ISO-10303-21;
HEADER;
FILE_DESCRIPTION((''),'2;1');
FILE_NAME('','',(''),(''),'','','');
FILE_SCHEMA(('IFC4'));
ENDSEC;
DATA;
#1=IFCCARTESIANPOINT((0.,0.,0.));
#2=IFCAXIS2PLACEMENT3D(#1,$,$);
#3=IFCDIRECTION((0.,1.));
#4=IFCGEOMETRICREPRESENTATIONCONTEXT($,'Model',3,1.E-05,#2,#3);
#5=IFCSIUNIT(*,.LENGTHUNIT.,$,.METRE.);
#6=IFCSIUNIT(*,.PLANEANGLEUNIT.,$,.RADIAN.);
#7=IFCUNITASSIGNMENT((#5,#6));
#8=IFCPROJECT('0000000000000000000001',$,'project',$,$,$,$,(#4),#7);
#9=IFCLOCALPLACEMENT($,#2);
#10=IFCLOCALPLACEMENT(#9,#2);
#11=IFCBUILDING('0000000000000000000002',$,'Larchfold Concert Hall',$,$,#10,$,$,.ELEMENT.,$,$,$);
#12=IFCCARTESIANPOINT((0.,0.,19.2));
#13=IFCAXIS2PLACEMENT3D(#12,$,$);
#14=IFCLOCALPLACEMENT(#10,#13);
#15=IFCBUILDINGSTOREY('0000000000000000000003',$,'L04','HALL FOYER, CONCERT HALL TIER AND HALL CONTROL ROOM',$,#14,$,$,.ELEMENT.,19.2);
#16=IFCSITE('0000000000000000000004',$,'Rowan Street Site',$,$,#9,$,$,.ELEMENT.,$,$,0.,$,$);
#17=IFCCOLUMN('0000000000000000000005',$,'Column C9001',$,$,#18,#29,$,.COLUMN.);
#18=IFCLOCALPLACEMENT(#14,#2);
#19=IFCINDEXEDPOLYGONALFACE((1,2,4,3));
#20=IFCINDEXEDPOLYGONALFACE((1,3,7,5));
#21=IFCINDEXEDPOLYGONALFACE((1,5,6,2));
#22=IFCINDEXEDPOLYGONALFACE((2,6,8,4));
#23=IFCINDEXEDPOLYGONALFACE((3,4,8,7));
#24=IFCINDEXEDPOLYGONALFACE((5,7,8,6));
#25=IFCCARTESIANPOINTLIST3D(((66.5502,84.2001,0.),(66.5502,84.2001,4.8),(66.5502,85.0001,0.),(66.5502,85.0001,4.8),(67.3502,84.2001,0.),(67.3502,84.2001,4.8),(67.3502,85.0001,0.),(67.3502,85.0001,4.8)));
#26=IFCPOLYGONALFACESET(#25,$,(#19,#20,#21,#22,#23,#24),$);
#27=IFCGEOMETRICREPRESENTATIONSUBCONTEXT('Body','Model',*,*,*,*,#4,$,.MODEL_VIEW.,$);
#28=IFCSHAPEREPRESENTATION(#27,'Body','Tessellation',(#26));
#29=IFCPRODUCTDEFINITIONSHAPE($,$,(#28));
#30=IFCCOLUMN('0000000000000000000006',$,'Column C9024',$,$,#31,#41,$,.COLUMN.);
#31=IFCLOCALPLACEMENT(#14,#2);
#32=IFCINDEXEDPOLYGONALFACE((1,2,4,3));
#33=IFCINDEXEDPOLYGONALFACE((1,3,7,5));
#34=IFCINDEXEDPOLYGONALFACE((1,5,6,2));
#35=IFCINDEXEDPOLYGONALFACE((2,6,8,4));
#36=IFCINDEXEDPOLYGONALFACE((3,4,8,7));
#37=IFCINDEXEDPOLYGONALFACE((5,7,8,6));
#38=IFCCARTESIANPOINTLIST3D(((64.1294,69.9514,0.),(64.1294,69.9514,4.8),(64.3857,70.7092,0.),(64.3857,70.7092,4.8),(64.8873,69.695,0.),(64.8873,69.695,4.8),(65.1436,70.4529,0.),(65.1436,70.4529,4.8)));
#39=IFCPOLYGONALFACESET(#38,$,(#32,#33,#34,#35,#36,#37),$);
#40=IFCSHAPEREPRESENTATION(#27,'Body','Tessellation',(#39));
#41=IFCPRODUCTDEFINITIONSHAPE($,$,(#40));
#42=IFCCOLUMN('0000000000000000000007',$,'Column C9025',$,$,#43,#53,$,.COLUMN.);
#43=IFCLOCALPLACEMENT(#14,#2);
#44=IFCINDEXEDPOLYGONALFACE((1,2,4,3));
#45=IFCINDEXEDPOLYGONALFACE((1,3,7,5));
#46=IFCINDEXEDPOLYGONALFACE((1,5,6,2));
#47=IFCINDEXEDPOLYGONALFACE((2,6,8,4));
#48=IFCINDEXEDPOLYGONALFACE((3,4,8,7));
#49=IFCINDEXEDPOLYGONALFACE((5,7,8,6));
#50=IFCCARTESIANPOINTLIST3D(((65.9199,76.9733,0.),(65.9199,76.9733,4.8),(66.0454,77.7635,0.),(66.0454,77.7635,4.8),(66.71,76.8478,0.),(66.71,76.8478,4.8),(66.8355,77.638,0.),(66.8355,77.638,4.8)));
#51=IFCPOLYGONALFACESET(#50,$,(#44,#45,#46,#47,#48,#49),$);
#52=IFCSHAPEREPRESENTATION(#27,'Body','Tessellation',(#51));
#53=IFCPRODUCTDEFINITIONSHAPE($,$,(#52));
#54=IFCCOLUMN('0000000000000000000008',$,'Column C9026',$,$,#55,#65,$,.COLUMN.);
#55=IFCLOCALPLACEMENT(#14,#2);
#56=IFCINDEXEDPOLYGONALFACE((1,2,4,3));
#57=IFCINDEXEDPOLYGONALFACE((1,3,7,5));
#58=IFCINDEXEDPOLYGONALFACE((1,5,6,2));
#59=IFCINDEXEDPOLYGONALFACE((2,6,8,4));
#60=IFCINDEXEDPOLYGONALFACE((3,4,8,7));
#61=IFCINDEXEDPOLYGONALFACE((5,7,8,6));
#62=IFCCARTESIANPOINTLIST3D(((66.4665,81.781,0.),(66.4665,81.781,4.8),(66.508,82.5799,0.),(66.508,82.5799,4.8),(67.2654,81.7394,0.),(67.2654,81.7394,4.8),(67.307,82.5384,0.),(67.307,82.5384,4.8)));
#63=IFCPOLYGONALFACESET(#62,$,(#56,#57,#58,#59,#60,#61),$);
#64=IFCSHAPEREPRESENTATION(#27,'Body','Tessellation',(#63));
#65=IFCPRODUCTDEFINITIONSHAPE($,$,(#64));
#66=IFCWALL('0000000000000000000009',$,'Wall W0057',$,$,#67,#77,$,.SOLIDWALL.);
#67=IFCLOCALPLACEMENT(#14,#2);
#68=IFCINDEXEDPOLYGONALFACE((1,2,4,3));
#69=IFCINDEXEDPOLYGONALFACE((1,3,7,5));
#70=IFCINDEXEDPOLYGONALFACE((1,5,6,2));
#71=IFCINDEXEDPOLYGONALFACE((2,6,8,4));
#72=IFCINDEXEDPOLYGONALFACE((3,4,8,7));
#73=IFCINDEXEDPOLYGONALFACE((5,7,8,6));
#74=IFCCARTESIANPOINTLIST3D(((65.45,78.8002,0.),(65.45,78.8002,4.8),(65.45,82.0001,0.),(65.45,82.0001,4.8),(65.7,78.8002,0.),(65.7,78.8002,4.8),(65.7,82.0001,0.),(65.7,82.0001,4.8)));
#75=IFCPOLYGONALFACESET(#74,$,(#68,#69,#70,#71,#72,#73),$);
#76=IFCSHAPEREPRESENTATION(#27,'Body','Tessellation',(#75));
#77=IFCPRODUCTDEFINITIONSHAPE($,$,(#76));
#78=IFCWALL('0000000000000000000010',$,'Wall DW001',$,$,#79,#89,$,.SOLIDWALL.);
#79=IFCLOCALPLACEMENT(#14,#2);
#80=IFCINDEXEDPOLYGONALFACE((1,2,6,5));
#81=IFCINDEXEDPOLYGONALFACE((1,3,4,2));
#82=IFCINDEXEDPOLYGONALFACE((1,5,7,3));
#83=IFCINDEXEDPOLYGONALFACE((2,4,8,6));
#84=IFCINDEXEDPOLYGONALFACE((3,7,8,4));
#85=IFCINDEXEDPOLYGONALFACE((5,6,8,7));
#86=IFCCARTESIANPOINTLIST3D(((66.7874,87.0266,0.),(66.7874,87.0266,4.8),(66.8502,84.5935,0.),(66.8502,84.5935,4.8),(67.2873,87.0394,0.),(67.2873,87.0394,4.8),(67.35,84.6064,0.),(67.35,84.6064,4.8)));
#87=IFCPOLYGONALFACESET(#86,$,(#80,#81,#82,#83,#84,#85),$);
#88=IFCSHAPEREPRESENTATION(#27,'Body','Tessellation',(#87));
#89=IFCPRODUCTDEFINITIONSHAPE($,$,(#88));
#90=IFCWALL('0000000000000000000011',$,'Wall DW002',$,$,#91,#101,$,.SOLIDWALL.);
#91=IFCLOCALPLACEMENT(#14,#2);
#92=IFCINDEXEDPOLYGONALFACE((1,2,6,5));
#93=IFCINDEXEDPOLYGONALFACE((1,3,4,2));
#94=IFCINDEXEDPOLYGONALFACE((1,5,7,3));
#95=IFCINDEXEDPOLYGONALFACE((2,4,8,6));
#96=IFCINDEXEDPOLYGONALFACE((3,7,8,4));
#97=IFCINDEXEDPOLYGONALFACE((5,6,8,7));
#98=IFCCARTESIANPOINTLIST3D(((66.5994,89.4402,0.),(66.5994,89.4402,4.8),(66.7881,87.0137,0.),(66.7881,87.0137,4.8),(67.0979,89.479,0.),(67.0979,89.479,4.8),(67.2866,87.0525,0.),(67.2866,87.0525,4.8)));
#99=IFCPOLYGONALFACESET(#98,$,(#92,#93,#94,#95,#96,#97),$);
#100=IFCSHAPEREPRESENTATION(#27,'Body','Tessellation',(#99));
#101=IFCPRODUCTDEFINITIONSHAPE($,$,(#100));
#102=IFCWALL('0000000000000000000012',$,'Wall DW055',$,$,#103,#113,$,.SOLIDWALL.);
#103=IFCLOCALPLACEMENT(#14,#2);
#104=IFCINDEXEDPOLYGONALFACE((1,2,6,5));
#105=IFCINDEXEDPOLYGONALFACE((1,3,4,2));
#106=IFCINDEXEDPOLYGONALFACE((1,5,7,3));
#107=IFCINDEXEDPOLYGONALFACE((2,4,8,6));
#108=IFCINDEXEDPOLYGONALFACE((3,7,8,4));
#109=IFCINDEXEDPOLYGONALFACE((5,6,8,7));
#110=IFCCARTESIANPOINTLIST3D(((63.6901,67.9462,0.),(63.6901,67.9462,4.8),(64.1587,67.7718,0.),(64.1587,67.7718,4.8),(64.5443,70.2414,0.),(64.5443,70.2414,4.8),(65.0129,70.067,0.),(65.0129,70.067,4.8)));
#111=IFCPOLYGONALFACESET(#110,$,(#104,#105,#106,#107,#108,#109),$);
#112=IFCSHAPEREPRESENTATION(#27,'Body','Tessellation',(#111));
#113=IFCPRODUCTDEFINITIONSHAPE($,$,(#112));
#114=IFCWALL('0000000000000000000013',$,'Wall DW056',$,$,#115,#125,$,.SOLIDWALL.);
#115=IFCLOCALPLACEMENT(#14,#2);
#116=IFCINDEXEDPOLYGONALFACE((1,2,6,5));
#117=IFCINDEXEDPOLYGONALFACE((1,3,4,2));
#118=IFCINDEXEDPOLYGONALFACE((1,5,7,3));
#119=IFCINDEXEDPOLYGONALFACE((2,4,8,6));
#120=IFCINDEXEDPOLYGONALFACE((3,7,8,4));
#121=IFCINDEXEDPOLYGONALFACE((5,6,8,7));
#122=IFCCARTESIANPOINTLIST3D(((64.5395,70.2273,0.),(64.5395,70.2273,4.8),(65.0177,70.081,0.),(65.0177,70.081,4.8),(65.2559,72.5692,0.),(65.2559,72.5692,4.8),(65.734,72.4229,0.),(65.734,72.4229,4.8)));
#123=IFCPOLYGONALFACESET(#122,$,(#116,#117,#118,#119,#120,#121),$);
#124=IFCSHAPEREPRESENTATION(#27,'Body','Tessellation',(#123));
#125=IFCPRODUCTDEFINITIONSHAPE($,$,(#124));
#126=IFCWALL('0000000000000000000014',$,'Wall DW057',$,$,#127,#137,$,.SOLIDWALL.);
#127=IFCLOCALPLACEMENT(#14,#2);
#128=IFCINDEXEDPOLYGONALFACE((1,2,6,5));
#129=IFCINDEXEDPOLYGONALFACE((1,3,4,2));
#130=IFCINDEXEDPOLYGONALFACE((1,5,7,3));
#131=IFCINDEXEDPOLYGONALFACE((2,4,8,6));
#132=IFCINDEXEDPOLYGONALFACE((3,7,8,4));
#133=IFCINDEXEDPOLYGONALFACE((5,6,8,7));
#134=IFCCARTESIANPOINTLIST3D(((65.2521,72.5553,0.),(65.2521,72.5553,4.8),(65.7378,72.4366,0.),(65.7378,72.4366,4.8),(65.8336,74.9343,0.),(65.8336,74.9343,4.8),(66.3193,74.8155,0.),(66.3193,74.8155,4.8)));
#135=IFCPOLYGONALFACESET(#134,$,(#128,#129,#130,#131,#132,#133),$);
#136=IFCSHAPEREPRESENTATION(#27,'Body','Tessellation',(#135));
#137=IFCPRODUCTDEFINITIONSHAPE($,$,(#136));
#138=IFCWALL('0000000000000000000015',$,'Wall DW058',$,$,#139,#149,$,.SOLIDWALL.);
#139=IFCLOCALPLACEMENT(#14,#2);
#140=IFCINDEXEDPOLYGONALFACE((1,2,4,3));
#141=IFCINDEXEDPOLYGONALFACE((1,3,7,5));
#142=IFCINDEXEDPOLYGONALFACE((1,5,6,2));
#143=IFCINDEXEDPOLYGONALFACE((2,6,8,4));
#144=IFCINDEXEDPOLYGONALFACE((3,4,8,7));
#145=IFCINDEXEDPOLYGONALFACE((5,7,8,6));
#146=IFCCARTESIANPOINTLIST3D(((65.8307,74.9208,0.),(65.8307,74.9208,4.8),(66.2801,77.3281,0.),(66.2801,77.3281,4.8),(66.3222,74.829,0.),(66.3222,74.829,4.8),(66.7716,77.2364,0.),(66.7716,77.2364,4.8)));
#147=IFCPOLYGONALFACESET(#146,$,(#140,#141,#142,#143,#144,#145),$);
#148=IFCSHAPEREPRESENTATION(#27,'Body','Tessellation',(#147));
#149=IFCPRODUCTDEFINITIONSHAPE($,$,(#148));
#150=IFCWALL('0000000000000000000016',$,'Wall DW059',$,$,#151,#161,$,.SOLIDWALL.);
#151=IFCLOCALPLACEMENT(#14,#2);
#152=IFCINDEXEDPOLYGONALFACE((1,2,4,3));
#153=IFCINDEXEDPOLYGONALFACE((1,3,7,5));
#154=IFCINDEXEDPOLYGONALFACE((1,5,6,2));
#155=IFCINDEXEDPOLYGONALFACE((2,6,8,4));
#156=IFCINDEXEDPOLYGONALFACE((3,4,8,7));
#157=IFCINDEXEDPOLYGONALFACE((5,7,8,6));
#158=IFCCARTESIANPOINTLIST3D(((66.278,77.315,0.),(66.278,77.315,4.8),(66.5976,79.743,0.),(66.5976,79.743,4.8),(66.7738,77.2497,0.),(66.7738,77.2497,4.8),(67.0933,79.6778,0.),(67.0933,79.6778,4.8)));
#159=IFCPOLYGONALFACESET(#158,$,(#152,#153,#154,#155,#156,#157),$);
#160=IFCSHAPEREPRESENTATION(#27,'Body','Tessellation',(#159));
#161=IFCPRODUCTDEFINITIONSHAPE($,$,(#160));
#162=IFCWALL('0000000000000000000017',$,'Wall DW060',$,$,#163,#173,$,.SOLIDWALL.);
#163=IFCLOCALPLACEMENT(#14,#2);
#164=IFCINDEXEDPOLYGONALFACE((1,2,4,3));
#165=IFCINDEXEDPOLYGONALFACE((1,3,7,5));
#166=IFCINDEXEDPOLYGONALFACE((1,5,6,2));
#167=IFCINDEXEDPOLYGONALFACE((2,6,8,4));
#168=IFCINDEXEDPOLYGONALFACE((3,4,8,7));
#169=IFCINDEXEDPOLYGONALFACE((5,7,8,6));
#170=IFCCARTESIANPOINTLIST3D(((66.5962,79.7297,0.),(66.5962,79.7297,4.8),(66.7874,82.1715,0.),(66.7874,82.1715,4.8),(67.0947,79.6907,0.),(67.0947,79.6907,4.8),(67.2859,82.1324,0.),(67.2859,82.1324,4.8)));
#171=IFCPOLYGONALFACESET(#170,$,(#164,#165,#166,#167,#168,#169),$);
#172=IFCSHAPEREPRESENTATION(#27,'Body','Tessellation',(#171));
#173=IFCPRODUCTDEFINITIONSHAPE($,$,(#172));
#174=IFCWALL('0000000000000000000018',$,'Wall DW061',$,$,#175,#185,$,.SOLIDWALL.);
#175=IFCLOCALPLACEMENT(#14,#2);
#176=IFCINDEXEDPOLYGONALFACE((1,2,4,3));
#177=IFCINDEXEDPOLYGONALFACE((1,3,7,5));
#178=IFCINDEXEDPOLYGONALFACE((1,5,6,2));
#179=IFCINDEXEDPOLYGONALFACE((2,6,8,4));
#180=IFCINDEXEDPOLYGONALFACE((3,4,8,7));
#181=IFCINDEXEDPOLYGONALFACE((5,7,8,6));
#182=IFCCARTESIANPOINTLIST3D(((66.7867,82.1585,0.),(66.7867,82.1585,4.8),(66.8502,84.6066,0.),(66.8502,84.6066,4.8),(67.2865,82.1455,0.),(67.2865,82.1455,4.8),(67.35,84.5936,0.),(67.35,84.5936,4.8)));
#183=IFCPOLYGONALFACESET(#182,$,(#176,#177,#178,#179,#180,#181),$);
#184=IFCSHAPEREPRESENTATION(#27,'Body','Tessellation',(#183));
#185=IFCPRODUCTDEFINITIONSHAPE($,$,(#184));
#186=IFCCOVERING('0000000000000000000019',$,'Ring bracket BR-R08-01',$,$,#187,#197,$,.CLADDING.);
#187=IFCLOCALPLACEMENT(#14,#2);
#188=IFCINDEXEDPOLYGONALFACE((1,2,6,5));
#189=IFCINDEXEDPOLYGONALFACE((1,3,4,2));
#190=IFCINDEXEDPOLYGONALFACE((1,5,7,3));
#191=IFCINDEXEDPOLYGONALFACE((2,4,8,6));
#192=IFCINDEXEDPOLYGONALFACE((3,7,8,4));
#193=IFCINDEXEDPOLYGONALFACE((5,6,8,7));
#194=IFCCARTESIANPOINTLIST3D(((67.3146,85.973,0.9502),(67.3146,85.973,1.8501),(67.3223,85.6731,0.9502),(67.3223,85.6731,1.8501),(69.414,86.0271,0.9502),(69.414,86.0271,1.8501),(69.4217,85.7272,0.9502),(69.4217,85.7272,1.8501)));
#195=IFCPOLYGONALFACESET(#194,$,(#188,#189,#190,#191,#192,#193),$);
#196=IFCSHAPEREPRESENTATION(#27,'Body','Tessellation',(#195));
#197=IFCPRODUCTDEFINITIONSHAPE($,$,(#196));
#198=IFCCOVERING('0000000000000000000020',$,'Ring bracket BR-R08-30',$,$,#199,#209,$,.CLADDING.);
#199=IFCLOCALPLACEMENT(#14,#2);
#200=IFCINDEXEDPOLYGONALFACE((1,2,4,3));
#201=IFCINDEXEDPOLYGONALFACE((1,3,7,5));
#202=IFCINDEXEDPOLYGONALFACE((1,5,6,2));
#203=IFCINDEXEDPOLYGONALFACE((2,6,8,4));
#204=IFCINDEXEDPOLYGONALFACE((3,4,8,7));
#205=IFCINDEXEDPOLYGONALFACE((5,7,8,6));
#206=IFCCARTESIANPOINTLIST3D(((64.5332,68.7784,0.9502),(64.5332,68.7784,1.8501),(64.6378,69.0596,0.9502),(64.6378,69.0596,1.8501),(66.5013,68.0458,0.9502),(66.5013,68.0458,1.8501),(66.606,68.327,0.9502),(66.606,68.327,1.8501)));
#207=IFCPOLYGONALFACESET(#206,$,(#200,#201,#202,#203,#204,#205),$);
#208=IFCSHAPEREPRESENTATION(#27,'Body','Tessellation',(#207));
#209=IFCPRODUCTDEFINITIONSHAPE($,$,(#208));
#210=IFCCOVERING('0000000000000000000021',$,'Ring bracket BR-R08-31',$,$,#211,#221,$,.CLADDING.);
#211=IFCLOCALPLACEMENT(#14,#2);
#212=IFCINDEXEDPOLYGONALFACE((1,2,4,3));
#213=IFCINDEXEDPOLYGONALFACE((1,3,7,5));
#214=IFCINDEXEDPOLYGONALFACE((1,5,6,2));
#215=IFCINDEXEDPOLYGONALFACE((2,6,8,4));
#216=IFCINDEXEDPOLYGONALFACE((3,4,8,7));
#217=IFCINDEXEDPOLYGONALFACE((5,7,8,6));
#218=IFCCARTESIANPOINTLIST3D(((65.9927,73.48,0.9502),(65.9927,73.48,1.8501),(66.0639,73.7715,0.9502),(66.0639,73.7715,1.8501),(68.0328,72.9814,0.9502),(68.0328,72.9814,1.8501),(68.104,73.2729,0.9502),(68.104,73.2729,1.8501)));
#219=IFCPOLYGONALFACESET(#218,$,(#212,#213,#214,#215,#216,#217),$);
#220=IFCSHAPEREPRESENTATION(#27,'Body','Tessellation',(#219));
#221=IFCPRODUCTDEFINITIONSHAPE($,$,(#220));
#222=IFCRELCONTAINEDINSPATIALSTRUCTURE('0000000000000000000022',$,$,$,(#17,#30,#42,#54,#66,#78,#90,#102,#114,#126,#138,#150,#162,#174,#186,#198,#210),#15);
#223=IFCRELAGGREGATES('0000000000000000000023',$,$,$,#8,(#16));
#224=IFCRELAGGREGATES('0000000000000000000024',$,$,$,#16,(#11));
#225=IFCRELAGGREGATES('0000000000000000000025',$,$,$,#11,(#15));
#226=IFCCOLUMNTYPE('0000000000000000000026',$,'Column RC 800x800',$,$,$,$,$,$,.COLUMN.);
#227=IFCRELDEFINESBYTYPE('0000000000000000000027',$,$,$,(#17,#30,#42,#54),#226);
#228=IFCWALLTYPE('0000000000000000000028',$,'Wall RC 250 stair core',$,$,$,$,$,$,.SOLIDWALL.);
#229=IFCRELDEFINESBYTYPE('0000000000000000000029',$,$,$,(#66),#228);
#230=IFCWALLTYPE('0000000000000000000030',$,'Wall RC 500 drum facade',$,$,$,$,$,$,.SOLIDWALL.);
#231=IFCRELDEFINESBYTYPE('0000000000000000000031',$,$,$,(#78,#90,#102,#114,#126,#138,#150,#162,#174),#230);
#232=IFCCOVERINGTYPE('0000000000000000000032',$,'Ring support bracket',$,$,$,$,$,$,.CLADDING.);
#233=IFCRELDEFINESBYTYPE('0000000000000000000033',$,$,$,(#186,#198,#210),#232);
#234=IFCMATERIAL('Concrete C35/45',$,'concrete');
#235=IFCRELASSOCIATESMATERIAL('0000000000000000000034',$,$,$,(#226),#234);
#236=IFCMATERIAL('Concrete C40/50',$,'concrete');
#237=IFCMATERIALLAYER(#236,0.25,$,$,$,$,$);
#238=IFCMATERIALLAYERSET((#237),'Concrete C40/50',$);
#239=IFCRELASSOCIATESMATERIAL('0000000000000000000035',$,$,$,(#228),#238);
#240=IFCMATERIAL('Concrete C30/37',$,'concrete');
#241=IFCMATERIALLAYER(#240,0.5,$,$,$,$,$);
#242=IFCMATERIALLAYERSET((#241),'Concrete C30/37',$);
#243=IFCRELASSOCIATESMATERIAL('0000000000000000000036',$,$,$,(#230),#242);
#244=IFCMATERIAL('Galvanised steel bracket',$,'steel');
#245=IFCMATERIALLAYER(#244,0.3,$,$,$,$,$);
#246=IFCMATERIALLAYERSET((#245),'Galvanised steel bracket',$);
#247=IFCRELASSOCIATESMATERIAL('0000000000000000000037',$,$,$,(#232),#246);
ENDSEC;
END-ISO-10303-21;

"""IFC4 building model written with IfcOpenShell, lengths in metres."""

from ifc_helpers import new_model, si_unit, direction, frame, frame_2d, origin, origin_2d, place, context, subcontext, project, spatial, rectangle, extrude, material, layer, layer_set, material_profile, profile_set, type_object, element, save


model = new_model("IFC4")

# Units and contexts
model_context = context("Model", 3, precision=1e-05, world=origin(), true_north=direction((0.0, 1.0)))
body_context = subcontext(model_context, "Body", "Model", "MODEL_VIEW")
ifc_project = project(units=[si_unit("LENGTHUNIT", "METRE"), si_unit("PLANEANGLEUNIT", "RADIAN")], contexts=[model_context])

# Site, building, storey
site_placement = place(None, origin())
site = spatial("IfcSite", under=ifc_project, at=site_placement, Name="Rowan Street Site", CompositionType="ELEMENT", RefElevation=0.0)
building_placement = place(site_placement, origin())
building = spatial("IfcBuilding", under=site, at=building_placement, Name="Larchfold Concert Hall", CompositionType="ELEMENT")
storey_placement = place(building_placement, frame((0.0, 0.0, 19.2)))
storey = spatial("IfcBuildingStorey", under=building, at=storey_placement, Name="L04", Description="HALL FOYER, CONCERT HALL TIER AND HALL CONTROL ROOM", CompositionType="ELEMENT", Elevation=19.2)

# Columns
ifc_material_1 = material(Name="Concrete C35/45", Category="concrete")
ifc_material_profile = material_profile(ifc_material_1, rectangle(XDim=0.8, YDim=0.8, at=origin_2d()))
ifc_profile_set = profile_set([ifc_material_profile], Name="Concrete C35/45")
column_type = type_object("IfcColumnType", Name="Column RC 800x800", PredefinedType="COLUMN", material=ifc_profile_set)
for number, where, z_axis, x_axis, name in (
    (1, (66.9502, 84.6001, 0.0), (0.0, 0.0, 1.0), (1.0, 0.000002, 0.0), "Column C9001"),
    (2, (64.6365, 70.2021, 0.0), (0.0, 0.0, 1.0), (0.320383, 0.947288, 0.0), "Column C9024"),
    (3, (66.3777, 77.3057, 0.0), (0.0, 0.0, 1.0), (0.156847, 0.987623, 0.0), "Column C9025"),
    (4, (66.8867, 82.1597, 0.0), (0.0, 0.0, 1.0), (0.05195, 0.99865, 0.0), "Column C9026"),
):
    element("IfcColumn", number, at=place(storey_placement, frame(where, z_axis=z_axis, x_axis=x_axis)), inside=storey, type_object=column_type, Name=name, PredefinedType="COLUMN", context=body_context, shape_type="SweptSolid", body=[
        extrude(rectangle(XDim=0.8, YDim=0.8, at=origin_2d()), origin(), (0.0, 0.0, 1.0), 4.8),
    ])

# Walls
ifc_material_2 = material(Name="Concrete C40/50", Category="concrete")
ifc_layer_1 = layer(ifc_material_2, 0.25)
ifc_layer_set_1 = layer_set([ifc_layer_1], Name="Concrete C40/50")
wall_type_1 = type_object("IfcWallType", Name="Wall RC 250 stair core", PredefinedType="SOLIDWALL", material=ifc_layer_set_1)
wall_1_placement = place(storey_placement, frame((65.575, 78.8, 0.0), z_axis=(0.0, 0.0, 1.0), x_axis=(0.0, 1.0, 0.0)))
element("IfcWall", 5, at=wall_1_placement, inside=storey, type_object=wall_type_1, Name="Wall W0057", PredefinedType="SOLIDWALL", context=body_context, shape_type="SweptSolid", body=[
    extrude(rectangle(XDim=3.2, YDim=0.25, at=frame_2d((1.6001, 0.0))), origin(), (0.0, 0.0, 1.0), 4.8),
])
ifc_material_3 = material(Name="Concrete C30/37", Category="concrete")
ifc_layer_2 = layer(ifc_material_3, 0.5)
ifc_layer_set_2 = layer_set([ifc_layer_2], Name="Concrete C30/37")
wall_type_2 = type_object("IfcWallType", Name="Wall RC 500 drum facade", PredefinedType="SOLIDWALL", material=ifc_layer_set_2)
for number, where, z_axis, x_axis, name in (
    (6, (67.1001, 84.6001, 0.0), (0.0, 0.0, 1.0), (-0.025779, 0.999668, 0.0), "Wall DW001"),
    (7, (67.0374, 87.0332, 0.0), (0.0, 0.0, 1.0), (-0.07754, 0.996989, 0.0), "Wall DW002"),
):
    element("IfcWall", number, at=place(storey_placement, frame(where, z_axis=z_axis, x_axis=x_axis)), inside=storey, type_object=wall_type_2, Name=name, PredefinedType="SOLIDWALL", context=body_context, shape_type="SweptSolid", body=[
        extrude(rectangle(XDim=2.4338, YDim=0.5, at=frame_2d((1.2168, 0.0))), origin(), (0.0, 0.0, 1.0), 4.8),
    ])
for number, where, z_axis, x_axis, name in (
    (8, (63.9243, 67.8589, 0.0), (0.0, 0.0, 1.0), (0.348817, 0.937191, 0.0), "Wall DW055"),
    (9, (64.7786, 70.1541, 0.0), (0.0, 0.0, 1.0), (0.292502, 0.956265, 0.0), "Wall DW056"),
    (10, (65.4949, 72.4958, 0.0), (0.0, 0.0, 1.0), (0.237466, 0.971396, 0.0), "Wall DW057"),
    (11, (66.0764, 74.8748, 0.0), (0.0, 0.0, 1.0), (0.183524, 0.983015, 0.0), "Wall DW058"),
    (12, (66.5259, 77.2822, 0.0), (0.0, 0.0, 1.0), (0.130498, 0.991449, 0.0), "Wall DW059"),
):
    element("IfcWall", number, at=place(storey_placement, frame(where, z_axis=z_axis, x_axis=x_axis)), inside=storey, type_object=wall_type_2, Name=name, PredefinedType="SOLIDWALL", context=body_context, shape_type="SweptSolid", body=[
        extrude(rectangle(XDim=2.449, YDim=0.5, at=frame_2d((1.2246, 0.0))), origin(), (0.0, 0.0, 1.0), 4.8),
    ])
wall_2_placement = place(storey_placement, frame((66.8455, 79.7102, 0.0), z_axis=(0.0, 0.0, 1.0), x_axis=(0.078053, 0.996949, 0.0)))
element("IfcWall", 13, at=wall_2_placement, inside=storey, type_object=wall_type_2, Name="Wall DW060", PredefinedType="SOLIDWALL", context=body_context, shape_type="SweptSolid", body=[
    extrude(rectangle(XDim=2.4492, YDim=0.5, at=frame_2d((1.2246, 0.0))), origin(), (0.0, 0.0, 1.0), 4.8),
])
wall_3_placement = place(storey_placement, frame((67.0366, 82.1519, 0.0), z_axis=(0.0, 0.0, 1.0), x_axis=(0.025919, 0.999664, 0.0)))
element("IfcWall", 14, at=wall_3_placement, inside=storey, type_object=wall_type_2, Name="Wall DW061", PredefinedType="SOLIDWALL", context=body_context, shape_type="SweptSolid", body=[
    extrude(rectangle(XDim=2.449, YDim=0.5, at=frame_2d((1.2246, 0.0))), origin(), (0.0, 0.0, 1.0), 4.8),
])

# Coverings
ifc_material_4 = material(Name="Galvanised steel bracket", Category="steel")
ifc_layer_3 = layer(ifc_material_4, 0.3)
ifc_layer_set_3 = layer_set([ifc_layer_3], Name="Galvanised steel bracket")
covering_type = type_object("IfcCoveringType", Name="Ring support bracket", PredefinedType="CLADDING", material=ifc_layer_set_3)
for number, where, z_axis, x_axis, name in (
    (15, (68.3682, 85.8501, 0.9502), (0.0, 0.0, 1.0), (0.999669, 0.025743, 0.0), "Ring bracket BR-R08-01"),
    (16, (65.5696, 68.5527, 0.9502), (0.0, 0.0, 1.0), (0.937177, -0.348853, 0.0), "Ring bracket BR-R08-30"),
    (17, (67.0483, 73.3765, 0.9502), (0.0, 0.0, 1.0), (0.971412, -0.237401, 0.0), "Ring bracket BR-R08-31"),
):
    element("IfcCovering", number, at=place(storey_placement, frame(where, z_axis=z_axis, x_axis=x_axis)), inside=storey, type_object=covering_type, Name=name, PredefinedType="CLADDING", context=body_context, shape_type="SweptSolid", body=[
        extrude(rectangle(XDim=2.1001, YDim=0.3, at=origin_2d()), origin(), (0.0, 0.0, 1.0), 0.8999),
    ])

save(model, "model.ifc")
